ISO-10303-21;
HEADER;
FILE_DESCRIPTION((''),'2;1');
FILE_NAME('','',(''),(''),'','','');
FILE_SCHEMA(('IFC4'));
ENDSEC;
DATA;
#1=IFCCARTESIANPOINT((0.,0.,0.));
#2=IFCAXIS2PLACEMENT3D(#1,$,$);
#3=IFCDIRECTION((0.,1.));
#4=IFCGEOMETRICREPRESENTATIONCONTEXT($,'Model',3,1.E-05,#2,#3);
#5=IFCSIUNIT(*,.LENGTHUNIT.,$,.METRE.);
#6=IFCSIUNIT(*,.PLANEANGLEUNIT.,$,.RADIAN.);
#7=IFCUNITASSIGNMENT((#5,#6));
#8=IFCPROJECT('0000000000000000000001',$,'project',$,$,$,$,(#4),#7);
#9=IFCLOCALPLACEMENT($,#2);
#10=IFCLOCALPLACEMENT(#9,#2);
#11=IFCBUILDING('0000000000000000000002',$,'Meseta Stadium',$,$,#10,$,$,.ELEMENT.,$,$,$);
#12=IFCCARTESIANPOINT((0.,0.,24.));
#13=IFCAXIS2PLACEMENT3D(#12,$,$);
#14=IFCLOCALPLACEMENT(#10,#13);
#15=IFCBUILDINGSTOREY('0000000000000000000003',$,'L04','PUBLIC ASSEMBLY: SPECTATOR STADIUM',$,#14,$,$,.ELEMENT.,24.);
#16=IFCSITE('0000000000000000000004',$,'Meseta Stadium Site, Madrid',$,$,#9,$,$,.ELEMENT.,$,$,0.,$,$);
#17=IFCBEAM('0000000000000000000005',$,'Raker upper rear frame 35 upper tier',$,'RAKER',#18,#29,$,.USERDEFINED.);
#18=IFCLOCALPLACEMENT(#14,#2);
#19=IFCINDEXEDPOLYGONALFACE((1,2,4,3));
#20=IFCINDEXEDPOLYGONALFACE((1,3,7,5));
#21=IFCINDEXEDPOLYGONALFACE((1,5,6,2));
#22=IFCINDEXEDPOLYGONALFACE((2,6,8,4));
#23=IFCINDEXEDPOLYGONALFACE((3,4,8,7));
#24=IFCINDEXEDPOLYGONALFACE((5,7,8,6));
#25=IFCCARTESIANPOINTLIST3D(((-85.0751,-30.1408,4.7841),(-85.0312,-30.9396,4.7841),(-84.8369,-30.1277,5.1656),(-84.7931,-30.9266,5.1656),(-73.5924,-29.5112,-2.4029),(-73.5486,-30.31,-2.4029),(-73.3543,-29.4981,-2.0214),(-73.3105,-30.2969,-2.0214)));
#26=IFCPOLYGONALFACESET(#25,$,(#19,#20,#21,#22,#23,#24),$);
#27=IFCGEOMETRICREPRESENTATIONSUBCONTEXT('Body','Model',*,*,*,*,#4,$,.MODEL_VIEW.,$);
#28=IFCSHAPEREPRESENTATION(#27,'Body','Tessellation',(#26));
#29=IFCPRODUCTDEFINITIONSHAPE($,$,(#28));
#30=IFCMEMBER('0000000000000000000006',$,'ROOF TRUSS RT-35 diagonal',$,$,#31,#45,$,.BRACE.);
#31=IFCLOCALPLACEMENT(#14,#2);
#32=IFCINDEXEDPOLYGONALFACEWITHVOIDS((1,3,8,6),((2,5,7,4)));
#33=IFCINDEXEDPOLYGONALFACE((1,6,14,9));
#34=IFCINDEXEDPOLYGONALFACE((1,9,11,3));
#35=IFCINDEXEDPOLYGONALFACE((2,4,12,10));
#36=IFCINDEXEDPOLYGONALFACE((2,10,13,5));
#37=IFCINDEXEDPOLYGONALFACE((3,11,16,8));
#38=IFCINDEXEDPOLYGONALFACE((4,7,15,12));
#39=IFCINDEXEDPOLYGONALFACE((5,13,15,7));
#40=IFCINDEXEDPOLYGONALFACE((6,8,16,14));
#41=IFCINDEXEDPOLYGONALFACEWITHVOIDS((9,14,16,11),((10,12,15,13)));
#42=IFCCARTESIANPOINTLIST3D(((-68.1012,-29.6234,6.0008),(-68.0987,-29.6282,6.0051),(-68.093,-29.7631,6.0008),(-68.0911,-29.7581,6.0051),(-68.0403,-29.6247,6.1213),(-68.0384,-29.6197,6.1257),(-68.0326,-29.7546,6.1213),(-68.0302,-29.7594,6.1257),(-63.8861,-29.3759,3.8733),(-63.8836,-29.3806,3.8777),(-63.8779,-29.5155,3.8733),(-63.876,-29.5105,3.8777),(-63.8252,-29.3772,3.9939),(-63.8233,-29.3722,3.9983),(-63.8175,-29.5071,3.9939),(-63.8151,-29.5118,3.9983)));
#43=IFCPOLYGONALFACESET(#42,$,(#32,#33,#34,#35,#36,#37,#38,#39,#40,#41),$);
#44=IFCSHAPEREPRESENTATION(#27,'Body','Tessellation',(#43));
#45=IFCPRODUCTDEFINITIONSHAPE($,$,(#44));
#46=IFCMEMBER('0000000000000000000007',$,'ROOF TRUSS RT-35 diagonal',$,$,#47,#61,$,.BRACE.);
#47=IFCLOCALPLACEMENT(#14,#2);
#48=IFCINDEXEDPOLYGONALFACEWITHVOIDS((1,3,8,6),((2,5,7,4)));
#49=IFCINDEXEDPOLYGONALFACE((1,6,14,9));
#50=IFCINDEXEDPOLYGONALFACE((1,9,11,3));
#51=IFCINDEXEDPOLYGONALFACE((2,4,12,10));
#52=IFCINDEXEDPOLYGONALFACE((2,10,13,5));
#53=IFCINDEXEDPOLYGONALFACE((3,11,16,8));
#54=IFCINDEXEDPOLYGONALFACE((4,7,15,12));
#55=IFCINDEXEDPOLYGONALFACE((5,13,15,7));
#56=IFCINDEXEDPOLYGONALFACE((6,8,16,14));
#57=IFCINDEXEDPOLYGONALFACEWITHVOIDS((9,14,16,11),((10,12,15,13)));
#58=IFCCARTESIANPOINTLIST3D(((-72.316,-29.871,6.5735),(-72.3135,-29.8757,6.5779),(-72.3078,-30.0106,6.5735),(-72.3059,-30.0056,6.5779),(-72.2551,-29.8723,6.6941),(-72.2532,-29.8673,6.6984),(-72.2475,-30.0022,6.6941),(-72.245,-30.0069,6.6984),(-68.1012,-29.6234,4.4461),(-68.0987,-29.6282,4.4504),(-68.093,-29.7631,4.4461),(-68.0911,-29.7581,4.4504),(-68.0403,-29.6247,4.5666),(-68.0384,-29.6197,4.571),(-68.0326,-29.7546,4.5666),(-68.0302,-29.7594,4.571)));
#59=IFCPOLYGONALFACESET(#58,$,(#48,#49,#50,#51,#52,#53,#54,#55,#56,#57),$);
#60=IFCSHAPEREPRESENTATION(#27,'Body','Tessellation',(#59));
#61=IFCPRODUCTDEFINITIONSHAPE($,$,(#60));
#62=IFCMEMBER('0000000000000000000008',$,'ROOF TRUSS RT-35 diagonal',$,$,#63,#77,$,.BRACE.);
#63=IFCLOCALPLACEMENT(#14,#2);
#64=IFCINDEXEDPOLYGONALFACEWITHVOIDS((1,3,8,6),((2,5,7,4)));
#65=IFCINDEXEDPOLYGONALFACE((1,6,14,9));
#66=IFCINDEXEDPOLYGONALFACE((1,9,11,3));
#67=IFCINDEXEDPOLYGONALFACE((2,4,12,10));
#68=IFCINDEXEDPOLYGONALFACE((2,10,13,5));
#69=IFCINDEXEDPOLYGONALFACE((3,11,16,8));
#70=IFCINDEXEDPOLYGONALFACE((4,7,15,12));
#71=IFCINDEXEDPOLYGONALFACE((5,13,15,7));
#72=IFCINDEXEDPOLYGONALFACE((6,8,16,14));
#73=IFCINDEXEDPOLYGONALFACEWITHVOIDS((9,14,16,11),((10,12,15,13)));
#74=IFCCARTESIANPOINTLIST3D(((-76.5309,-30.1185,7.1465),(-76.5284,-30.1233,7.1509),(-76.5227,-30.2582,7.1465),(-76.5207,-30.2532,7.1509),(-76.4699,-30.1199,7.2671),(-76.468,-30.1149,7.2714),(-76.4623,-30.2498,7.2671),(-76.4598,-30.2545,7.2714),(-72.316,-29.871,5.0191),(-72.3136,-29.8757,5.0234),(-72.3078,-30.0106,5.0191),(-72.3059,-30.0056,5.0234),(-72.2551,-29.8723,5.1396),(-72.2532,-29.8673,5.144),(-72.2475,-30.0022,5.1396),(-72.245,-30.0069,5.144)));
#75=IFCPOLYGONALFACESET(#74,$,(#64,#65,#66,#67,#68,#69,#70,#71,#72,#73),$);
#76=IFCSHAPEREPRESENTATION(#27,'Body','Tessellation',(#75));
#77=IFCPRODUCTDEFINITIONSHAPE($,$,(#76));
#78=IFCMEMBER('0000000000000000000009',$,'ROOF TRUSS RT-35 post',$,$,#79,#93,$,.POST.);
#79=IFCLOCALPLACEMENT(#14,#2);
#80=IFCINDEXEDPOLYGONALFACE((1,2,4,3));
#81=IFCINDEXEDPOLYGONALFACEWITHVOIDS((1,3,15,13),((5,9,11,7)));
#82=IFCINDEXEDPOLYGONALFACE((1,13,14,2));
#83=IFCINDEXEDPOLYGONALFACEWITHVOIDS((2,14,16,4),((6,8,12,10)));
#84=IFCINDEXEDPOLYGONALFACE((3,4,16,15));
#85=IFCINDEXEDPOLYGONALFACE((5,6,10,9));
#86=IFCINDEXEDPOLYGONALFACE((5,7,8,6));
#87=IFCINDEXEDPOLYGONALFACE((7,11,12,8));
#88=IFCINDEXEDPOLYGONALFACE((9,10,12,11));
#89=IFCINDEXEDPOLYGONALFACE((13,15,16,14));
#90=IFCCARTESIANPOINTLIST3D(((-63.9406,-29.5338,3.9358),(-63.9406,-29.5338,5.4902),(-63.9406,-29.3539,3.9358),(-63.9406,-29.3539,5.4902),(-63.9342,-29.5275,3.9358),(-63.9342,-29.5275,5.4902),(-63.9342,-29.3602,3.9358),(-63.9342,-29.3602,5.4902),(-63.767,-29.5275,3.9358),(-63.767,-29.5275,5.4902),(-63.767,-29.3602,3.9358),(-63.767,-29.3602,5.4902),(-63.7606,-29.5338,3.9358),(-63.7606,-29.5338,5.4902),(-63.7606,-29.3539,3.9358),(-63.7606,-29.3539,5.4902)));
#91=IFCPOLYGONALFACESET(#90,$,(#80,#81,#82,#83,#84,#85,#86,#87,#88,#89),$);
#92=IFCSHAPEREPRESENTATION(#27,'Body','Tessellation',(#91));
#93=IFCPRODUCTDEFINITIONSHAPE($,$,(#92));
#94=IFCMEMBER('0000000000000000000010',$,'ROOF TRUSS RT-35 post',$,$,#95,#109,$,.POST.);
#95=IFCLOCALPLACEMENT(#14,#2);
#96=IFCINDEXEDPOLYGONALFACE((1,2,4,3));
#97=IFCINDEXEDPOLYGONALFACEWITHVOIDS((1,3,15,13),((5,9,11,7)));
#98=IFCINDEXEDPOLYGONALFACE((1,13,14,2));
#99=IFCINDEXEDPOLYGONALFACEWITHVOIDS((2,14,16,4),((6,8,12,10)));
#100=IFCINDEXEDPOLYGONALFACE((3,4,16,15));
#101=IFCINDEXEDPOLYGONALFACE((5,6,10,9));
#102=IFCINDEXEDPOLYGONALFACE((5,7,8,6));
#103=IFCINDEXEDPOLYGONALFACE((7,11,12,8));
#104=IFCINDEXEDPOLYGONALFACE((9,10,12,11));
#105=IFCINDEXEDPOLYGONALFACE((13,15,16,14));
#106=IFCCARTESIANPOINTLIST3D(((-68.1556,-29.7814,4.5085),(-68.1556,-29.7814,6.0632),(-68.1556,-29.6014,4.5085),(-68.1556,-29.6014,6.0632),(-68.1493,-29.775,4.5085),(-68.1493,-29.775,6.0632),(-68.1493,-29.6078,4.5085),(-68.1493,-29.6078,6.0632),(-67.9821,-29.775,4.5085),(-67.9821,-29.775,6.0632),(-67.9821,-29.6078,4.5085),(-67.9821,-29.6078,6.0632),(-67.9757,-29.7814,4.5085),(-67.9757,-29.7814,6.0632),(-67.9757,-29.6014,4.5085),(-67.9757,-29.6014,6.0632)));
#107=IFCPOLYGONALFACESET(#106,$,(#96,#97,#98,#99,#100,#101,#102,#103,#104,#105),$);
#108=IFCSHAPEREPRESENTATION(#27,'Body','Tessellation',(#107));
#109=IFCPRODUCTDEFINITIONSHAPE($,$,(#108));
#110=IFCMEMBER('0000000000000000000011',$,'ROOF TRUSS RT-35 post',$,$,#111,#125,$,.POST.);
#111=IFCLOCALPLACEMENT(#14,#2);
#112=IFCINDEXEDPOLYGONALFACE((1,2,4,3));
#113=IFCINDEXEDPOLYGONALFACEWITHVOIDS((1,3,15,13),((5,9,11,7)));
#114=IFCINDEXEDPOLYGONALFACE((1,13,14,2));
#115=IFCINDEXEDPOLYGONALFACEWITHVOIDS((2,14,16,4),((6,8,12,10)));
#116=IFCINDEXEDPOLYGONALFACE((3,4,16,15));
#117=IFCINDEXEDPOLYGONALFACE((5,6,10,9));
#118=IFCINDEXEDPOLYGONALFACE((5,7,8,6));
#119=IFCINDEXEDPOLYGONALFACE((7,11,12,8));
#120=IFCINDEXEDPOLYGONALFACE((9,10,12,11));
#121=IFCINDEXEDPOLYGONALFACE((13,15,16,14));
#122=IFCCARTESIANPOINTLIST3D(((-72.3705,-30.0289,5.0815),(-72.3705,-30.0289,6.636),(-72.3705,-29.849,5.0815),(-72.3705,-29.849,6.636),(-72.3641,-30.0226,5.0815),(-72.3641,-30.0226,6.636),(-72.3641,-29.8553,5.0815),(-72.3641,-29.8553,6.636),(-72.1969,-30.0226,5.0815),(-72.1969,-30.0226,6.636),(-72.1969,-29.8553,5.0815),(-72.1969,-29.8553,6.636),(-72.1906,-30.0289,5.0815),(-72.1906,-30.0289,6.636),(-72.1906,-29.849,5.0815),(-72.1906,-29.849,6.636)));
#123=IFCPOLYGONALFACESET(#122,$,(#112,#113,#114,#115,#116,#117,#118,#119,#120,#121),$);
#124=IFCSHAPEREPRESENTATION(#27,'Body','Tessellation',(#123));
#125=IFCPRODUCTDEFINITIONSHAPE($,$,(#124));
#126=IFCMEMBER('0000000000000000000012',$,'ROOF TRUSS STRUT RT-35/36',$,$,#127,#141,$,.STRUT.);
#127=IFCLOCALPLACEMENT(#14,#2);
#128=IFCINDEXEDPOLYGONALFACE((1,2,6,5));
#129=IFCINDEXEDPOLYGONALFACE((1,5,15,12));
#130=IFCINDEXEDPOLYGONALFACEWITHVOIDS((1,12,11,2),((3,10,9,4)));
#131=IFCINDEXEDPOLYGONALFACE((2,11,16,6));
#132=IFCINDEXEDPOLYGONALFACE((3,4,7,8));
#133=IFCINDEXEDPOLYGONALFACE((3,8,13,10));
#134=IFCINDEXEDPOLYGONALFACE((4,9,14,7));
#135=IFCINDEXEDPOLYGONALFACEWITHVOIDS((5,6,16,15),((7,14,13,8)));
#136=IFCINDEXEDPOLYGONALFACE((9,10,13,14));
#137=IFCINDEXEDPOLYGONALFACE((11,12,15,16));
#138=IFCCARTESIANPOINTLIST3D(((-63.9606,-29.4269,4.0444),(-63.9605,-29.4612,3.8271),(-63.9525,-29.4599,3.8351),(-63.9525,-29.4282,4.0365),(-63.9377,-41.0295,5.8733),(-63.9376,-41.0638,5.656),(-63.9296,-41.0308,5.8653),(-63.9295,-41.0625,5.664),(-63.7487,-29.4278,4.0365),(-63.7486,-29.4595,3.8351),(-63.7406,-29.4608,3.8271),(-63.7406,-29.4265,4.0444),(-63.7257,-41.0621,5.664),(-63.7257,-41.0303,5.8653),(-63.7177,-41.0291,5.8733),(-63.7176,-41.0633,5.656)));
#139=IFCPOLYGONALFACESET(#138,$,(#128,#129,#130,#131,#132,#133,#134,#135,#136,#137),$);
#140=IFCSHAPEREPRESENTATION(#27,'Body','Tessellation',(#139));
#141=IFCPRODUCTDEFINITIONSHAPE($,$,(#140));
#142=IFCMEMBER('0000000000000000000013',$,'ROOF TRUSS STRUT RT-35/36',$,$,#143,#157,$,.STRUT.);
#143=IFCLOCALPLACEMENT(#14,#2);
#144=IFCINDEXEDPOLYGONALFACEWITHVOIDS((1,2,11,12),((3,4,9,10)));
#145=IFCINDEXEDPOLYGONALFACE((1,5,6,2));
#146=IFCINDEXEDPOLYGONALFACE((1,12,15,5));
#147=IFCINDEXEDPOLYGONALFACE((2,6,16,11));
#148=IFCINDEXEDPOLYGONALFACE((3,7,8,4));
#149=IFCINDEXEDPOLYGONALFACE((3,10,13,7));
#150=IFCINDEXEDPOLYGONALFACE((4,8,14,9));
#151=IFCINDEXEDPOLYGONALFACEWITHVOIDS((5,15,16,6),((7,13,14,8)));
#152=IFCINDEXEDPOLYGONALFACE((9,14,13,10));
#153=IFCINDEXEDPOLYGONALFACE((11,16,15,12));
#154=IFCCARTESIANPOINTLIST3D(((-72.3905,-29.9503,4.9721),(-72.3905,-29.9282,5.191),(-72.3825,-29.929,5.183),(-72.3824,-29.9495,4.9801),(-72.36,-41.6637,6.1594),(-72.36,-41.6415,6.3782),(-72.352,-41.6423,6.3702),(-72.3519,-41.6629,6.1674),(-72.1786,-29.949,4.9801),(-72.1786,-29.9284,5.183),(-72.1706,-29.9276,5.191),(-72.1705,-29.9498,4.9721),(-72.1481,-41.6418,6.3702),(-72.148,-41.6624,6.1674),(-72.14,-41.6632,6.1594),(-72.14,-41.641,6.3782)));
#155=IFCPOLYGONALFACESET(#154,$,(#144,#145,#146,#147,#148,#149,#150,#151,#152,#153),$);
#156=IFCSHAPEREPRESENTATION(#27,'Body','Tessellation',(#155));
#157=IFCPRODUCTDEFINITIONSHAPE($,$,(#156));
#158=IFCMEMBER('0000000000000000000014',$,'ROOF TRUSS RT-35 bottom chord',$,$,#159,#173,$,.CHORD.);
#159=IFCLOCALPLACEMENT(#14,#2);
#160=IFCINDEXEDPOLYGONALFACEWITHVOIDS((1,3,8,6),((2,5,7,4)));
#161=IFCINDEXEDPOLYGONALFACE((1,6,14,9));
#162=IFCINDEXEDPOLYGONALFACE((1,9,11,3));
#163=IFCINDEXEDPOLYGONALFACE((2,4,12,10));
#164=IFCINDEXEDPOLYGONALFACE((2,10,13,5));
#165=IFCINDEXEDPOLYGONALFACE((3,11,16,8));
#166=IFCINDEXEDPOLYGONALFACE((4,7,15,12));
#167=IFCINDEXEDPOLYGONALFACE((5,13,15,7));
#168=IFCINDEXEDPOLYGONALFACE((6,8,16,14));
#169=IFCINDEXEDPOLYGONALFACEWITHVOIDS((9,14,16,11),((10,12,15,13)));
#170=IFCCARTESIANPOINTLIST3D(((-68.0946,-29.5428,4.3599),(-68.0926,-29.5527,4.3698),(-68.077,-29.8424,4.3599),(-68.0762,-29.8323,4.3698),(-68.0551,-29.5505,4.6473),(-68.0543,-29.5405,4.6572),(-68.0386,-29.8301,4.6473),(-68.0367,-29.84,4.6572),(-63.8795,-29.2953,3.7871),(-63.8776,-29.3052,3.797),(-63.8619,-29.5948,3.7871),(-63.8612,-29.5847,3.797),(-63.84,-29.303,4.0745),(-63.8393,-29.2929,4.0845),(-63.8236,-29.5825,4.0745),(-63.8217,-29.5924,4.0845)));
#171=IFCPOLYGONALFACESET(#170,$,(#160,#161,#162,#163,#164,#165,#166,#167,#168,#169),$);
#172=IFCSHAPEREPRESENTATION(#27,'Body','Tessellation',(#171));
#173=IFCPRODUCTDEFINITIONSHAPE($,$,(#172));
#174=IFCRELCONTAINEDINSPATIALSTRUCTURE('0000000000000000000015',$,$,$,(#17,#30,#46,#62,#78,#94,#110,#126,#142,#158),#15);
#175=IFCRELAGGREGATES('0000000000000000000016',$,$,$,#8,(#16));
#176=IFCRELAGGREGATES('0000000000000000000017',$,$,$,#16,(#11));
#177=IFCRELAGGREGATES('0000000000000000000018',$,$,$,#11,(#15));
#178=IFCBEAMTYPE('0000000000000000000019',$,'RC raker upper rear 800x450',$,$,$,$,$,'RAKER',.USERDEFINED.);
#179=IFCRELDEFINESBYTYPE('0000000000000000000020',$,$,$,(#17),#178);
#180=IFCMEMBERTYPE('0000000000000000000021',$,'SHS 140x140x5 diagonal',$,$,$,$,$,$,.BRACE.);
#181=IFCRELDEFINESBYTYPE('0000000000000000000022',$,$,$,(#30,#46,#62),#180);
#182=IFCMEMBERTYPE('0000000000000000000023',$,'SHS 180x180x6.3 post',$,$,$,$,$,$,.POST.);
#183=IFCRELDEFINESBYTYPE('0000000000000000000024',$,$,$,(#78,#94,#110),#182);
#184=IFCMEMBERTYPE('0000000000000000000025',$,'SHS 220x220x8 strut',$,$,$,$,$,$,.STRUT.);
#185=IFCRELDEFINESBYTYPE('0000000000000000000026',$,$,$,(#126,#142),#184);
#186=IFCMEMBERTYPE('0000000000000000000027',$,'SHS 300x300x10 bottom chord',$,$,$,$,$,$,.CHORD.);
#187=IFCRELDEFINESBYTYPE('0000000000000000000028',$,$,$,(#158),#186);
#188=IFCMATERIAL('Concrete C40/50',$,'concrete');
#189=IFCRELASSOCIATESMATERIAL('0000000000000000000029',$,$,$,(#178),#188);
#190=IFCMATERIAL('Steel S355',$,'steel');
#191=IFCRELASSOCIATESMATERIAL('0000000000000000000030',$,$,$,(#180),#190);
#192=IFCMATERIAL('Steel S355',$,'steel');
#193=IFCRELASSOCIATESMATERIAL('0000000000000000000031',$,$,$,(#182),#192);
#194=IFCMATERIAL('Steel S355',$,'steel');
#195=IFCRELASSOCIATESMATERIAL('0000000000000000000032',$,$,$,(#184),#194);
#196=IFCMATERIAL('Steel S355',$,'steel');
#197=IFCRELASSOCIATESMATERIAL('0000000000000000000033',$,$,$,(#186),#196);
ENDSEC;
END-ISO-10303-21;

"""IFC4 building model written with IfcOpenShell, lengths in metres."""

from ifc_helpers import new_model, si_unit, direction, frame, origin, origin_2d, place, context, subcontext, project, spatial, rectangle, hollow_rectangle, extrude, material, material_profile, profile_set, type_object, element, save


model = new_model("IFC4")

# Units and contexts
model_context = context("Model", 3, precision=1e-05, world=origin(), true_north=direction((0.0, 1.0)))
body_context = subcontext(model_context, "Body", "Model", "MODEL_VIEW")
ifc_project = project(units=[si_unit("LENGTHUNIT", "METRE"), si_unit("PLANEANGLEUNIT", "RADIAN")], contexts=[model_context])

# Site, building, storey
site_placement = place(None, origin())
site = spatial("IfcSite", under=ifc_project, at=site_placement, Name="Meseta Stadium Site, Madrid", CompositionType="ELEMENT", RefElevation=0.0)
building_placement = place(site_placement, origin())
building = spatial("IfcBuilding", under=site, at=building_placement, Name="Meseta Stadium", CompositionType="ELEMENT")
storey_placement = place(building_placement, frame((0.0, 0.0, 24.0)))
storey = spatial("IfcBuildingStorey", under=building, at=storey_placement, Name="L04", Description="PUBLIC ASSEMBLY: SPECTATOR STADIUM", CompositionType="ELEMENT", Elevation=24.0)

# Beam
ifc_material_1 = material(Name="Concrete C40/50", Category="concrete")
ifc_material_profile_1 = material_profile(ifc_material_1, rectangle(XDim=0.8, YDim=0.45, at=origin_2d()), Name="RC 800x450")
ifc_profile_set_1 = profile_set([ifc_material_profile_1], Name="Concrete C40/50")
beam_type = type_object("IfcBeamType", Name="RC raker upper rear 800x450", ElementType="RAKER", PredefinedType="USERDEFINED", material=ifc_profile_set_1)
beam_placement = place(storey_placement, frame((-73.4514, -29.9041, -2.2122), z_axis=(-0.846741, -0.04643, 0.529976), x_axis=(0.054752, -0.9985, 0.0)))
element("IfcBeam", 1, at=beam_placement, inside=storey, type_object=beam_type, Name="Raker upper rear frame 35 upper tier", ObjectType="RAKER", PredefinedType="USERDEFINED", context=body_context, shape_type="SweptSolid", body=[
    extrude(rectangle(XDim=0.8, YDim=0.45, at=origin_2d()), origin(), (0.0, 0.0, 1.0), 13.561),
])

# Members
ifc_material_2 = material(Name="Steel S355", Category="steel")
ifc_material_profile_2 = material_profile(ifc_material_2, hollow_rectangle(XDim=0.1399, YDim=0.1399, WallThickness=0.0049, at=origin_2d()), Name="SHS 140x140x5")
ifc_profile_set_2 = profile_set([ifc_material_profile_2], Name="Steel S355")
member_type_1 = type_object("IfcMemberType", Name="SHS 140x140x5 diagonal", PredefinedType="BRACE", material=ifc_profile_set_2)
member_1_placement = place(storey_placement, frame((-63.8506, -29.4438, 3.9358), z_axis=(-0.891511, -0.05236, 0.449964), x_axis=(0.058631, -0.99828, 0.0)))
element("IfcMember", 2, at=member_1_placement, inside=storey, type_object=member_type_1, Name="ROOF TRUSS RT-35 diagonal", PredefinedType="BRACE", context=body_context, shape_type="SweptSolid", body=[
    extrude(hollow_rectangle(XDim=0.1399, YDim=0.1399, WallThickness=0.0049, at=origin_2d()), origin(), (0.0, 0.0, 1.0), 4.728),
])
for number, where, z_axis, x_axis, name in (
    (3, (-68.0657, -29.6914, 4.5085), (-0.8915, -0.052362, 0.449984), (0.058634, -0.99828, 0.0), "ROOF TRUSS RT-35 diagonal"),
    (4, (-72.2805, -29.939, 5.0815), (-0.8915, -0.052362, 0.449984), (0.058634, -0.99828, 0.0), "ROOF TRUSS RT-35 diagonal"),
):
    element("IfcMember", number, at=place(storey_placement, frame(where, z_axis=z_axis, x_axis=x_axis)), inside=storey, type_object=member_type_1, Name=name, PredefinedType="BRACE", context=body_context, shape_type="SweptSolid", body=[
        extrude(hollow_rectangle(XDim=0.1399, YDim=0.1399, WallThickness=0.0049, at=origin_2d()), origin(), (0.0, 0.0, 1.0), 4.7278),
    ])
ifc_material_3 = material(Name="Steel S355", Category="steel")
ifc_material_profile_3 = material_profile(ifc_material_3, hollow_rectangle(XDim=0.1799, YDim=0.1799, WallThickness=0.0063, at=origin_2d()), Name="SHS 180x180x6.3")
ifc_profile_set_3 = profile_set([ifc_material_profile_3], Name="Steel S355")
member_type_2 = type_object("IfcMemberType", Name="SHS 180x180x6.3 post", PredefinedType="POST", material=ifc_profile_set_3)
member_2_placement = place(storey_placement, frame((-63.8506, -29.4438, 3.9358), z_axis=(0.0, 0.0, 1.0), x_axis=(1.0, 0.0, 0.0)))
element("IfcMember", 5, at=member_2_placement, inside=storey, type_object=member_type_2, Name="ROOF TRUSS RT-35 post", PredefinedType="POST", context=body_context, shape_type="SweptSolid", body=[
    extrude(hollow_rectangle(XDim=0.1799, YDim=0.1799, WallThickness=0.0063, at=origin_2d()), origin(), (0.0, 0.0, 1.0), 1.5544),
])
member_3_placement = place(storey_placement, frame((-68.0657, -29.6914, 4.5085), z_axis=(0.0, 0.0, 1.0), x_axis=(1.0, 0.0, 0.0)))
element("IfcMember", 6, at=member_3_placement, inside=storey, type_object=member_type_2, Name="ROOF TRUSS RT-35 post", PredefinedType="POST", context=body_context, shape_type="SweptSolid", body=[
    extrude(hollow_rectangle(XDim=0.1799, YDim=0.1799, WallThickness=0.0063, at=origin_2d()), origin(), (0.0, 0.0, 1.0), 1.5547),
])
member_4_placement = place(storey_placement, frame((-72.2805, -29.939, 5.0815), z_axis=(0.0, 0.0, 1.0), x_axis=(1.0, 0.0, 0.0)))
element("IfcMember", 7, at=member_4_placement, inside=storey, type_object=member_type_2, Name="ROOF TRUSS RT-35 post", PredefinedType="POST", context=body_context, shape_type="SweptSolid", body=[
    extrude(hollow_rectangle(XDim=0.1799, YDim=0.1799, WallThickness=0.0063, at=origin_2d()), origin(), (0.0, 0.0, 1.0), 1.5544),
])
ifc_material_4 = material(Name="Steel S355", Category="steel")
ifc_material_profile_4 = material_profile(ifc_material_4, hollow_rectangle(XDim=0.22, YDim=0.22, WallThickness=0.0081, at=origin_2d()), Name="SHS 220x220x8")
ifc_profile_set_4 = profile_set([ifc_material_profile_4], Name="Steel S355")
member_type_3 = type_object("IfcMemberType", Name="SHS 220x220x8 strut", PredefinedType="STRUT", material=ifc_profile_set_4)
member_5_placement = place(storey_placement, frame((-63.8506, -29.4438, 3.9358), z_axis=(0.001954, -0.987802, 0.155703), x_axis=(0.999998, 0.001978, 0.0)))
element("IfcMember", 8, at=member_5_placement, inside=storey, type_object=member_type_3, Name="ROOF TRUSS STRUT RT-35/36", PredefinedType="STRUT", context=body_context, shape_type="SweptSolid", body=[
    extrude(hollow_rectangle(XDim=0.22, YDim=0.22, WallThickness=0.0081, at=origin_2d()), origin(), (0.0, 0.0, 1.0), 11.7458),
])
member_6_placement = place(storey_placement, frame((-72.2805, -29.939, 5.0815), z_axis=(0.002592, -0.994899, 0.100842), x_axis=(0.999997, 0.002605, 0.0)))
element("IfcMember", 9, at=member_6_placement, inside=storey, type_object=member_type_3, Name="ROOF TRUSS STRUT RT-35/36", PredefinedType="STRUT", context=body_context, shape_type="SweptSolid", body=[
    extrude(hollow_rectangle(XDim=0.22, YDim=0.22, WallThickness=0.0081, at=origin_2d()), origin(), (0.0, 0.0, 1.0), 11.7734),
])
ifc_material_5 = material(Name="Steel S355", Category="steel")
ifc_material_profile_5 = material_profile(ifc_material_5, hollow_rectangle(XDim=0.3, YDim=0.3, WallThickness=0.01, at=origin_2d()), Name="SHS 300x300x10")
ifc_profile_set_5 = profile_set([ifc_material_profile_5], Name="Steel S355")
member_type_4 = type_object("IfcMemberType", Name="SHS 300x300x10 bottom chord", PredefinedType="CHORD", material=ifc_profile_set_5)
member_7_placement = place(storey_placement, frame((-63.8506, -29.4438, 3.9358), z_axis=(-0.98922, -0.058098, 0.134417), x_axis=(0.058631, -0.99828, 0.0)))
element("IfcMember", 10, at=member_7_placement, inside=storey, type_object=member_type_4, Name="ROOF TRUSS RT-35 bottom chord", PredefinedType="CHORD", context=body_context, shape_type="SweptSolid", body=[
    extrude(hollow_rectangle(XDim=0.3, YDim=0.3, WallThickness=0.01, at=origin_2d()), origin(), (0.0, 0.0, 1.0), 4.261),
])

save(model, "model.ifc")
